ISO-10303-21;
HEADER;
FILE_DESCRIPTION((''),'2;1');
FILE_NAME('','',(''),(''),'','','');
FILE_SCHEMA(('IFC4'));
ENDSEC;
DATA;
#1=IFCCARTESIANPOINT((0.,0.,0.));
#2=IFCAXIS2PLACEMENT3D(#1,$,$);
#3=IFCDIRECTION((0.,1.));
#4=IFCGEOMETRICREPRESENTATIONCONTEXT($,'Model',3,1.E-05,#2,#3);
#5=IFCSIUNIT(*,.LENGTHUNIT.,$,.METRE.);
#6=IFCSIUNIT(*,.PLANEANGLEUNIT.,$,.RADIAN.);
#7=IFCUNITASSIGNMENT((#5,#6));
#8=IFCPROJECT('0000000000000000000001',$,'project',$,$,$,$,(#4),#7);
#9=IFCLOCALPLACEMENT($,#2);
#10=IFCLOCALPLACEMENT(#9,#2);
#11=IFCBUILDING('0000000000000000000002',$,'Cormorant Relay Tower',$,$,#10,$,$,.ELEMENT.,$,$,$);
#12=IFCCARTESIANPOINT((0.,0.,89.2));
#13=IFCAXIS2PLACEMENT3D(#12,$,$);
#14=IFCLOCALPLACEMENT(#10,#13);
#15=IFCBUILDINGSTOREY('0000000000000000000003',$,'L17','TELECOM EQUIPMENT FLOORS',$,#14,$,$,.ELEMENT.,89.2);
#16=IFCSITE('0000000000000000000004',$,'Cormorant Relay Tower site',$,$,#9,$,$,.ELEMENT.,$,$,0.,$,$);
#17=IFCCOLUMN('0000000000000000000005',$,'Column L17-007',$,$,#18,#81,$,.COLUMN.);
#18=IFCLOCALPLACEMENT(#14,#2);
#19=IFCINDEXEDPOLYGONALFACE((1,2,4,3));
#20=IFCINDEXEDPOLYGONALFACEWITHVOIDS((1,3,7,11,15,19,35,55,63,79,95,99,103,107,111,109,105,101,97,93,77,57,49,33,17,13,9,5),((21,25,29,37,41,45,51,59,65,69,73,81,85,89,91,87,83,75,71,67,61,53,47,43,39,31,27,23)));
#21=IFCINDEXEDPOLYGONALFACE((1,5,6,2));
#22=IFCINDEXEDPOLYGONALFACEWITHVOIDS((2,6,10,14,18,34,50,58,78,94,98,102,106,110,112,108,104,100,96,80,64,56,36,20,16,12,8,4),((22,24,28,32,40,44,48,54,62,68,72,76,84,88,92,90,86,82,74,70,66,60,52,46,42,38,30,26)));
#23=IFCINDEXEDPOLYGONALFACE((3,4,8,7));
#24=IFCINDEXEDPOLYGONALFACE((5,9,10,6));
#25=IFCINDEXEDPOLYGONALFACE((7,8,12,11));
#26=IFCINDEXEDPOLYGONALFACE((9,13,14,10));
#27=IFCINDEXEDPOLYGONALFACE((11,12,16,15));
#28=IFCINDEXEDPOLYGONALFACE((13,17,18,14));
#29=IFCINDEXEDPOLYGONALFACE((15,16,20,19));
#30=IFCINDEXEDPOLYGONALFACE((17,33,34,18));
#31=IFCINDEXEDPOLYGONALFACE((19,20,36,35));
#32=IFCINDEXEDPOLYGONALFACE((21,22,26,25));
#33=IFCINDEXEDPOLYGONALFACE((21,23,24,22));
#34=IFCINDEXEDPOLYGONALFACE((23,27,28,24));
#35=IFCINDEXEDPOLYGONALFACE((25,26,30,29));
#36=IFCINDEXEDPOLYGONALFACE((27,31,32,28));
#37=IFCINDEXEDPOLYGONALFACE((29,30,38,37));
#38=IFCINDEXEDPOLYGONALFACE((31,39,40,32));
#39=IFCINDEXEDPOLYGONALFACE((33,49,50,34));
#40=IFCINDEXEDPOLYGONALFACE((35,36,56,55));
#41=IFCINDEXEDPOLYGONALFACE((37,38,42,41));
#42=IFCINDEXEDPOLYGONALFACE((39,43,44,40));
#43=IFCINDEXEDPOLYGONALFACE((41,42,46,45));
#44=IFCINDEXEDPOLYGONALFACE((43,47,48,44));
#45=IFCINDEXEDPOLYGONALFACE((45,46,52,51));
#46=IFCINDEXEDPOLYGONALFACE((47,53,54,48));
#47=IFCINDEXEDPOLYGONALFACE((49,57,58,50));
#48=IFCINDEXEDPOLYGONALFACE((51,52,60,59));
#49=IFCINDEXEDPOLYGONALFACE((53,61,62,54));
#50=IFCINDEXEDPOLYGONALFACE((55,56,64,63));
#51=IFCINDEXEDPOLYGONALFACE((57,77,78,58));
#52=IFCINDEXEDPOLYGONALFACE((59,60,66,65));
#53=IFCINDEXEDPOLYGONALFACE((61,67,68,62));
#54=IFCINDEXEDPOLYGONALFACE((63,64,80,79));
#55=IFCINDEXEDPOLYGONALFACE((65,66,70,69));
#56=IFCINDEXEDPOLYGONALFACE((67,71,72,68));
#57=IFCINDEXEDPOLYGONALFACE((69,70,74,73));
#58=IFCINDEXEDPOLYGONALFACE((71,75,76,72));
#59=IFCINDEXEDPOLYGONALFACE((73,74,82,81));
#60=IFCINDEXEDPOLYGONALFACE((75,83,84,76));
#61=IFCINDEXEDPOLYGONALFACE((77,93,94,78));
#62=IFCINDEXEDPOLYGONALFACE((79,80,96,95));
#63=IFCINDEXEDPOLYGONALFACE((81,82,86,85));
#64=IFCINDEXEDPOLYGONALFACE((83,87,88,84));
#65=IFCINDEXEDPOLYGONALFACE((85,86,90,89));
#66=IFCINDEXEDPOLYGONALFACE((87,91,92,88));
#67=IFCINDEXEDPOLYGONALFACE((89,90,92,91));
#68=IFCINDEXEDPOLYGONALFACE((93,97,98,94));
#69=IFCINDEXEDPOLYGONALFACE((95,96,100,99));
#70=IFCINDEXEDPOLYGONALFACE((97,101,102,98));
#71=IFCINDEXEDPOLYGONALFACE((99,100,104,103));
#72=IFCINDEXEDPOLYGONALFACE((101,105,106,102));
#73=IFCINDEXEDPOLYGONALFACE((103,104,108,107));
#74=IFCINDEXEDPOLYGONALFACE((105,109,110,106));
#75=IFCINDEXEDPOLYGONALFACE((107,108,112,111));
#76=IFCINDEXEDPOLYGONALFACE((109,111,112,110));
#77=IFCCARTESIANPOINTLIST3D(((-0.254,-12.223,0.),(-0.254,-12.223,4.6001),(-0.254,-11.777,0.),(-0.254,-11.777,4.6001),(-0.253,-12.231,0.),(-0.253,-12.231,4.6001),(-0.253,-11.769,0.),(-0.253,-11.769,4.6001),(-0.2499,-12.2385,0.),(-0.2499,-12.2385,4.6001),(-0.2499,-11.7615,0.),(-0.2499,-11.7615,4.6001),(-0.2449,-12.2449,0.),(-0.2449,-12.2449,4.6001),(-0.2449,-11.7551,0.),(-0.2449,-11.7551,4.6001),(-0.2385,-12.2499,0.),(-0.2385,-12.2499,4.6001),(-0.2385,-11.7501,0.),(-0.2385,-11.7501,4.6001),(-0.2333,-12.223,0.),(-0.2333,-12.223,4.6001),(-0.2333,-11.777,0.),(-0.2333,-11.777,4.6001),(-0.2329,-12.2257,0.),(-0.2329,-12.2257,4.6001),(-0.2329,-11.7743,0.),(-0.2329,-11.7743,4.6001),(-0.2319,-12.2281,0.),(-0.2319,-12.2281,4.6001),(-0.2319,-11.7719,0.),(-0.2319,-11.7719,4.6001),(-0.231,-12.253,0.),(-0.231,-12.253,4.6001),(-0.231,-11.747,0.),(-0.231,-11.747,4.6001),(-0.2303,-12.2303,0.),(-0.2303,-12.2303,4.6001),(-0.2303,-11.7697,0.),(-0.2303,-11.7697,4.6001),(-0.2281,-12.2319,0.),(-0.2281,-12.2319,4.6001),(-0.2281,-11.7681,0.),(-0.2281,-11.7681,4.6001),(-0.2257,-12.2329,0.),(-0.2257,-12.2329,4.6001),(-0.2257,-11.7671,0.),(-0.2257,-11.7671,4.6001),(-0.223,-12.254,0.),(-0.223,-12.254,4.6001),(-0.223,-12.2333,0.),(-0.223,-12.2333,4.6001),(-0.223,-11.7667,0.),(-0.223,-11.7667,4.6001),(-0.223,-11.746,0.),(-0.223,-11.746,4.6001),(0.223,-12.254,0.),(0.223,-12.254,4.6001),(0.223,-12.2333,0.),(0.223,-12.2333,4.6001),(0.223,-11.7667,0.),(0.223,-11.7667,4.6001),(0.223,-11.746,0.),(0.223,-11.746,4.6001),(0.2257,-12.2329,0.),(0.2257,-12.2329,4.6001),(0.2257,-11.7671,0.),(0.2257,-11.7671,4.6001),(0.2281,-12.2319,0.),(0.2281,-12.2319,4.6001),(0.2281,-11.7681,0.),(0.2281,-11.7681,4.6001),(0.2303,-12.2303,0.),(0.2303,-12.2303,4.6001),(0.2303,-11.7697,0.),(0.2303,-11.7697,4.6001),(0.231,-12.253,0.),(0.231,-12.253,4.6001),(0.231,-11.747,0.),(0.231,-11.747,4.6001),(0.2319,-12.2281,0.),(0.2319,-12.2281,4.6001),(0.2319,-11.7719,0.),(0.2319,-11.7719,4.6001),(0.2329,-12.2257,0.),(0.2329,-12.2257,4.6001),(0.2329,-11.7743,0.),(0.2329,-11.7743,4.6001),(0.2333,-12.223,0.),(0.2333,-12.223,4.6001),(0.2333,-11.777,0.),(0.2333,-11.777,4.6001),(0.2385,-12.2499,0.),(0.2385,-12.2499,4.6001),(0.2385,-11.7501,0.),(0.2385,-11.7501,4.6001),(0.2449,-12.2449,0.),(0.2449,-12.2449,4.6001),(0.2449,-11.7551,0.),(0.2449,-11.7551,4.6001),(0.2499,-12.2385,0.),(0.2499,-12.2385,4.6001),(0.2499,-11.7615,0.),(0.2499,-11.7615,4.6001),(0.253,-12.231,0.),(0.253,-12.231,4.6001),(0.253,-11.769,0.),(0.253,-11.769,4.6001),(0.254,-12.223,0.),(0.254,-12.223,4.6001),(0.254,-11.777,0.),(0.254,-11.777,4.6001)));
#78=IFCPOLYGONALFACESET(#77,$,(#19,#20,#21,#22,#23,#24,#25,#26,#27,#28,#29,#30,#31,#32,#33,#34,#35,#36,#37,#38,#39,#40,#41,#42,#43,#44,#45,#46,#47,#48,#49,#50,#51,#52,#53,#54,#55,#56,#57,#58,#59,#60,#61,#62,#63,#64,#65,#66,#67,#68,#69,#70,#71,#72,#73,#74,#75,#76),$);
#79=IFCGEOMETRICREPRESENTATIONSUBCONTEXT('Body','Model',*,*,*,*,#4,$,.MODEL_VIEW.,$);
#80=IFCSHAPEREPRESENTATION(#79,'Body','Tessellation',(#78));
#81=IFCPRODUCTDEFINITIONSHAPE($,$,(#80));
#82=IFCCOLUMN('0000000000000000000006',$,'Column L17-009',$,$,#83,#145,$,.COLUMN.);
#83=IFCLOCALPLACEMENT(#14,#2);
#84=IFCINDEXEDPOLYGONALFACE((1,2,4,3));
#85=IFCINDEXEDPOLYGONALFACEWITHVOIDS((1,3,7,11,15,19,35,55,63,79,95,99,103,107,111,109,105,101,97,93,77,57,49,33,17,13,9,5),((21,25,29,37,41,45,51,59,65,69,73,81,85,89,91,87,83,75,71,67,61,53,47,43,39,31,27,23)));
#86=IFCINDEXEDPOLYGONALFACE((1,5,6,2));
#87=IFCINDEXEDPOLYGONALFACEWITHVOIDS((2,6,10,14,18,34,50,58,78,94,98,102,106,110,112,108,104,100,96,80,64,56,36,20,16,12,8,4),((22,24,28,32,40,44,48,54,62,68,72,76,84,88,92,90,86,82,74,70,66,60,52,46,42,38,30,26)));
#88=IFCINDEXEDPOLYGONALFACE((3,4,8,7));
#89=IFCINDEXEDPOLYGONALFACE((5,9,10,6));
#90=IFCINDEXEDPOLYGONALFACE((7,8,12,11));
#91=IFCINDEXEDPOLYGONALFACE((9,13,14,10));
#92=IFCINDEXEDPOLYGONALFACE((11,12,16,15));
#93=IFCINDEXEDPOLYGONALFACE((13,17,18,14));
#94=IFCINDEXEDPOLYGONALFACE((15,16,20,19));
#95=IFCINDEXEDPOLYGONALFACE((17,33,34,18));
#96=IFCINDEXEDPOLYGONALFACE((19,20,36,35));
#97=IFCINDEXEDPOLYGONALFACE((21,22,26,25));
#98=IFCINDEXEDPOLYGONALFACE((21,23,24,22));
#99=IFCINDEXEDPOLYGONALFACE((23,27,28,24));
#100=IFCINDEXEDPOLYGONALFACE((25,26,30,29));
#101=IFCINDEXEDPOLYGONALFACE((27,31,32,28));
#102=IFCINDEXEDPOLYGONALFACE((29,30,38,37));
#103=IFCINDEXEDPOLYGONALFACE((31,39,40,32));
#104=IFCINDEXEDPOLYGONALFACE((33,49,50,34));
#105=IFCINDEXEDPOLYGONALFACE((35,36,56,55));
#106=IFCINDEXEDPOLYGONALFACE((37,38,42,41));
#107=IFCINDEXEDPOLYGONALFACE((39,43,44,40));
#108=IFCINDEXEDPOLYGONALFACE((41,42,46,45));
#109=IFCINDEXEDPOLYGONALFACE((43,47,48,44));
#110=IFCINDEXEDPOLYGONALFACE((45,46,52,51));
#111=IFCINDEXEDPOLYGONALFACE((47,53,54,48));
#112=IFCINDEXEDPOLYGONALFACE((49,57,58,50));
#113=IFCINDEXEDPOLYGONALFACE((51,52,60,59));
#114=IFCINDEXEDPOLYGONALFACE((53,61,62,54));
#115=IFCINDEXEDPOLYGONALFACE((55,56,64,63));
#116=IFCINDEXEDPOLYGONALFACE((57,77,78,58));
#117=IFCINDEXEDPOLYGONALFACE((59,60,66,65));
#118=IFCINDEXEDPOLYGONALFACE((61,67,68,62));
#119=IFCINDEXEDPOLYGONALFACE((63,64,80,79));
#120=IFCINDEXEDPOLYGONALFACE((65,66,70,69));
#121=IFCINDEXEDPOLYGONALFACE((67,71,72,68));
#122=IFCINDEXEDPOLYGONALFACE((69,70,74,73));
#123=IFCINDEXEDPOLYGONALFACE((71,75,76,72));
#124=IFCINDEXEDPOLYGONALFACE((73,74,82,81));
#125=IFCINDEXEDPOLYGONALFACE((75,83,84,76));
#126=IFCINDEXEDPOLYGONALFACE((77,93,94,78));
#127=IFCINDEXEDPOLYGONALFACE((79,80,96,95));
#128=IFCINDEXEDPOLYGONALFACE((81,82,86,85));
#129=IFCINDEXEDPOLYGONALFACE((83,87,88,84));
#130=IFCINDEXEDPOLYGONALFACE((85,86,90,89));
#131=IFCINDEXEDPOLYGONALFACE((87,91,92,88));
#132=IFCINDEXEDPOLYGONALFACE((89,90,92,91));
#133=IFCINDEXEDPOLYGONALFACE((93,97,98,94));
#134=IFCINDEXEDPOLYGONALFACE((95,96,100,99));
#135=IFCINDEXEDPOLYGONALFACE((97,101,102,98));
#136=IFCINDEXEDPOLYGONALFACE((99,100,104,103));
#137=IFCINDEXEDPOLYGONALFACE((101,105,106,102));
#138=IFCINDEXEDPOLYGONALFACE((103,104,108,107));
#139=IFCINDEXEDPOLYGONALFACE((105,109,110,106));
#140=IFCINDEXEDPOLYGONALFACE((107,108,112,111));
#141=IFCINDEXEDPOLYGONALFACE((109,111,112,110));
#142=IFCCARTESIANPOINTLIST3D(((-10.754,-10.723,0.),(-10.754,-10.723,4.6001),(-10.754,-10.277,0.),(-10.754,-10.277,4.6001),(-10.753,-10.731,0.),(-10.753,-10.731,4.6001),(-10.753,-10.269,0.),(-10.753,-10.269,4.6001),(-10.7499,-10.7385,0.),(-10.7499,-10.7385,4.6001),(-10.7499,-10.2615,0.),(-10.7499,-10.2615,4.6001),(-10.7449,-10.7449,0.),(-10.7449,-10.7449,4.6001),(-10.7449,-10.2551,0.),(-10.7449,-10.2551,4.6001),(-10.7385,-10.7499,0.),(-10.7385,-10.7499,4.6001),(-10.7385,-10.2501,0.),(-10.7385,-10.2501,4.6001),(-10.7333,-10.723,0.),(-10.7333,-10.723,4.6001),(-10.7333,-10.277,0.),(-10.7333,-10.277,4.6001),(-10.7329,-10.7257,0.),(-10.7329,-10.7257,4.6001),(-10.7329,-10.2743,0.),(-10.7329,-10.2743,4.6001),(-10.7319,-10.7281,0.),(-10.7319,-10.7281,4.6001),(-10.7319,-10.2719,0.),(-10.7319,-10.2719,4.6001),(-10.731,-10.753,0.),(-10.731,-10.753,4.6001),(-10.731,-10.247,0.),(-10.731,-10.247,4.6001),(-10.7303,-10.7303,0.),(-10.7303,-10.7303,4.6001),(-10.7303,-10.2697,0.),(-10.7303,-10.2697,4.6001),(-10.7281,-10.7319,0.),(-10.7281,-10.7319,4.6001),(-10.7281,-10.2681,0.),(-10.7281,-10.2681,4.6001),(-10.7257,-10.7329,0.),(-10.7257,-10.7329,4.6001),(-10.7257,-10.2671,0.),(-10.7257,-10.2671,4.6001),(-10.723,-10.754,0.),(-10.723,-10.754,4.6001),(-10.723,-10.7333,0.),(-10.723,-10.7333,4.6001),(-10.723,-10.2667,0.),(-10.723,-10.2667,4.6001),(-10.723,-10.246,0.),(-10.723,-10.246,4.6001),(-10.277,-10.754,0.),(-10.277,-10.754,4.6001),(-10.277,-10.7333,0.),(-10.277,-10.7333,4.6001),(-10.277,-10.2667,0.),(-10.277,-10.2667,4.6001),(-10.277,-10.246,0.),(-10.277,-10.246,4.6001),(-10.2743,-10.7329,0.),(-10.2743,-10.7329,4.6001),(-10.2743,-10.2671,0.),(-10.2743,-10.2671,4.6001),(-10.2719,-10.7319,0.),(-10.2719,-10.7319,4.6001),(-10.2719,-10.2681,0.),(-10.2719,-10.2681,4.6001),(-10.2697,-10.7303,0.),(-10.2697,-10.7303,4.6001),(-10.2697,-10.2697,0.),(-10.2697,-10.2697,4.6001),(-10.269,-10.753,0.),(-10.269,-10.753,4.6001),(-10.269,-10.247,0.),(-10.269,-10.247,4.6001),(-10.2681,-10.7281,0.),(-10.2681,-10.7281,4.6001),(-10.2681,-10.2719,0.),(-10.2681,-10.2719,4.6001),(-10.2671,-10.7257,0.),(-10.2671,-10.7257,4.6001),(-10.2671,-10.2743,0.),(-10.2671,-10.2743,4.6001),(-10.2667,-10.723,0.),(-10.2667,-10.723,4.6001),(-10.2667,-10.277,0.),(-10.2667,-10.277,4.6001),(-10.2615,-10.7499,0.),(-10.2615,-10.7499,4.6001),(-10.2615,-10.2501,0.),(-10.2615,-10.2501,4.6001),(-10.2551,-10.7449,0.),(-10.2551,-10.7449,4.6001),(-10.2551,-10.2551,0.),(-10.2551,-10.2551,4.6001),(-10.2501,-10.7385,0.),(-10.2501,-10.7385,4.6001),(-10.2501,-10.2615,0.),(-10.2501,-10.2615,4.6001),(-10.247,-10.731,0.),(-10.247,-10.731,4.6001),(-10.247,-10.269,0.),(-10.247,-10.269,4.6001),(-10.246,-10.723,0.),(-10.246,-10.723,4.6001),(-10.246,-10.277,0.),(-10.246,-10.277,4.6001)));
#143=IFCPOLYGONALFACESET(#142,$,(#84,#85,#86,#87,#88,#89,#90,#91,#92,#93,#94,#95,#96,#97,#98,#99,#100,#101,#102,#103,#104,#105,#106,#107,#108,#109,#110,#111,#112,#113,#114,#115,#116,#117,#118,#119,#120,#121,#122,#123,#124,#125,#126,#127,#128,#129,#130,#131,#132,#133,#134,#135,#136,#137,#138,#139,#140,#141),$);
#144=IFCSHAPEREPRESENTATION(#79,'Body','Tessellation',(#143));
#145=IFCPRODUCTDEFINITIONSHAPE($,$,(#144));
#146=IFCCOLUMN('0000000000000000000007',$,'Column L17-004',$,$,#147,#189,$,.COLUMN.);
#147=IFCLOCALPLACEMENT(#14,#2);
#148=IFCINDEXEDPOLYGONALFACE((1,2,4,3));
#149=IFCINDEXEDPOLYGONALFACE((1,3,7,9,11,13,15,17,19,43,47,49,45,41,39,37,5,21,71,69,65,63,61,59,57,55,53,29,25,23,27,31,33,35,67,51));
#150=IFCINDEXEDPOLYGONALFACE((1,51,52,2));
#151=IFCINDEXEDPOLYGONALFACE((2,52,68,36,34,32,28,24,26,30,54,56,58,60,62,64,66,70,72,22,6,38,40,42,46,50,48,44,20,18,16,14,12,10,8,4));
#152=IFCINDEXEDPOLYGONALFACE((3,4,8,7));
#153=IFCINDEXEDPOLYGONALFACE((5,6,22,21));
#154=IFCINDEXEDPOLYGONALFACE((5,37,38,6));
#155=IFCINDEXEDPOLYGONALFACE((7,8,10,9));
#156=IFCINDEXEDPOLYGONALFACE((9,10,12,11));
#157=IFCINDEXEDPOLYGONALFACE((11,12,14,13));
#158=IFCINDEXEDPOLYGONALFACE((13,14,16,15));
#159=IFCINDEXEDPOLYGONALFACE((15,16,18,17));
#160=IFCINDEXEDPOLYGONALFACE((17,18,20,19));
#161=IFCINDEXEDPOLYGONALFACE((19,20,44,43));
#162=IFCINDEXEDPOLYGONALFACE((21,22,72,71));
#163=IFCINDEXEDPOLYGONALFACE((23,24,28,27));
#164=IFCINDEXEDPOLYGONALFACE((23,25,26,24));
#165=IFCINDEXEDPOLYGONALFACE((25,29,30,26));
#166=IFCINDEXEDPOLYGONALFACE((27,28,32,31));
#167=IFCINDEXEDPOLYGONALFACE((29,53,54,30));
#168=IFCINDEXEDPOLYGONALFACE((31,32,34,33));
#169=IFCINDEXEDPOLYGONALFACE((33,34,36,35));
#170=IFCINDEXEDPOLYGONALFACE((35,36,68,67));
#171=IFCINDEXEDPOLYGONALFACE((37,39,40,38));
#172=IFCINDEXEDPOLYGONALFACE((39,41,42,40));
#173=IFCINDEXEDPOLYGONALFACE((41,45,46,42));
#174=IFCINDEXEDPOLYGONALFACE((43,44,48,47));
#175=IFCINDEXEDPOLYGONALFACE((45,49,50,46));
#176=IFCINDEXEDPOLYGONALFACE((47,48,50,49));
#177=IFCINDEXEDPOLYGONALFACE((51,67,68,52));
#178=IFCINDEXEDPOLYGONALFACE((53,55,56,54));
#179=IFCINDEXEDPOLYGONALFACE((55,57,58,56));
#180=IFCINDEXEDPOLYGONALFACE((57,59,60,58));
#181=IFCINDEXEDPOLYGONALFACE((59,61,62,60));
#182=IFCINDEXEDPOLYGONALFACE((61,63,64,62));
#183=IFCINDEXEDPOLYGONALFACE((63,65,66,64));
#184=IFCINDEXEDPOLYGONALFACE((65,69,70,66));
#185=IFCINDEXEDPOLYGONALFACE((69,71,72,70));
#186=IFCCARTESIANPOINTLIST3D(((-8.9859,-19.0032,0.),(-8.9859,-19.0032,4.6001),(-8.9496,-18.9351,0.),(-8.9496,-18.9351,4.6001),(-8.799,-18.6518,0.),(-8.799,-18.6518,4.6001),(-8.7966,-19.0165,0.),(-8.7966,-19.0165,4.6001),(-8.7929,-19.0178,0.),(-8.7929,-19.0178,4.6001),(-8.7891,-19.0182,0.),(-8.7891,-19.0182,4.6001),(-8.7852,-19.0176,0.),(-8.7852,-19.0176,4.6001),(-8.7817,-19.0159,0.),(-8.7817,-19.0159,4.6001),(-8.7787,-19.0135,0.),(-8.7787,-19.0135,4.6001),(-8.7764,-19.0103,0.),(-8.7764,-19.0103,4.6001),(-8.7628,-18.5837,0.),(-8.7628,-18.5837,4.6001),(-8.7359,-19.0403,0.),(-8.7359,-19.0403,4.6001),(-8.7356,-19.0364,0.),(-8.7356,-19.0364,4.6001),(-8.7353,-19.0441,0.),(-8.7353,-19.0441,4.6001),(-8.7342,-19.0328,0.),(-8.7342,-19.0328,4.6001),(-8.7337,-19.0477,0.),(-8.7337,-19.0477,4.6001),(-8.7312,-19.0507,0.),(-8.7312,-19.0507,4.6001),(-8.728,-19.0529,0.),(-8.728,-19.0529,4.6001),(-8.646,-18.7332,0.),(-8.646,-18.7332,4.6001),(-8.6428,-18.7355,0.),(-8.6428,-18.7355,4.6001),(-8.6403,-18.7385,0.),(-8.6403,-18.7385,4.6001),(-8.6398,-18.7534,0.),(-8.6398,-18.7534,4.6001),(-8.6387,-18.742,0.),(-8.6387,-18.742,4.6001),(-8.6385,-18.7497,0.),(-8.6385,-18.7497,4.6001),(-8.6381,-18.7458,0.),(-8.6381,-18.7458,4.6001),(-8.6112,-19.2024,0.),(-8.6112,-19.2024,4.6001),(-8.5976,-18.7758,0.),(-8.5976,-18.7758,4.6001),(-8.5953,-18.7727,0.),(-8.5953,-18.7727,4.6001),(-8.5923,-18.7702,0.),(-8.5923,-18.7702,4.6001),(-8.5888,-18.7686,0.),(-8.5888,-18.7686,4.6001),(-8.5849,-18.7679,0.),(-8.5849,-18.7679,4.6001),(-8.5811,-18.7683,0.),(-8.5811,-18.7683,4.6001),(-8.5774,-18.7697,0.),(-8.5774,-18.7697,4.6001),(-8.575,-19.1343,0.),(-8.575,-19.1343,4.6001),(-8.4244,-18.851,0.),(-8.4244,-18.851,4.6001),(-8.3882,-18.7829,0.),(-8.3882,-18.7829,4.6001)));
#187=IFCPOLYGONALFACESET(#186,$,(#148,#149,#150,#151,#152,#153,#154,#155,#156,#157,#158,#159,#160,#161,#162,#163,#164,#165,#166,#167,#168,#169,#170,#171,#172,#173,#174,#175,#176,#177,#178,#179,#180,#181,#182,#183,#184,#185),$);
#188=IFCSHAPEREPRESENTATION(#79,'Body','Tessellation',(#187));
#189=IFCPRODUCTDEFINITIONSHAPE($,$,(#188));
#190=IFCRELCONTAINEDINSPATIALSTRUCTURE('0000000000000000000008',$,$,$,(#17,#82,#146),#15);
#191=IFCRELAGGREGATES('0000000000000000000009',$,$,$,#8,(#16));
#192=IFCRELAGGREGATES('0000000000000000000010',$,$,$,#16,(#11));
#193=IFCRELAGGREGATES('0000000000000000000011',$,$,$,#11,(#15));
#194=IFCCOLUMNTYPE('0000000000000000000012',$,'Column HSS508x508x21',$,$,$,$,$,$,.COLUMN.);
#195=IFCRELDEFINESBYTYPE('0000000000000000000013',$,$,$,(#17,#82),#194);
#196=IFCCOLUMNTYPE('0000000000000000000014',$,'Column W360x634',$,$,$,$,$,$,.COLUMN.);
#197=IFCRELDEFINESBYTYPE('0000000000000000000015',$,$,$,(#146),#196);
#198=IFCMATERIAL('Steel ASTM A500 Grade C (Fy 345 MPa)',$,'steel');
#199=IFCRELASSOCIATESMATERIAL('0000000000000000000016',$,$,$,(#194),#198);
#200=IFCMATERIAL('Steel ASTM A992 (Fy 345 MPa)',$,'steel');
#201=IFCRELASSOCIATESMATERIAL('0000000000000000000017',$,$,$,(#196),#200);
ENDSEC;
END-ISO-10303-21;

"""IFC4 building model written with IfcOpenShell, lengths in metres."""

from ifc_helpers import new_model, si_unit, direction, frame, origin, origin_2d, place, context, subcontext, project, spatial, hollow_rectangle, i_section, extrude, material, material_profile, profile_set, type_object, element, save


model = new_model("IFC4")

# Units and contexts
model_context = context("Model", 3, precision=1e-05, world=origin(), true_north=direction((0.0, 1.0)))
body_context = subcontext(model_context, "Body", "Model", "MODEL_VIEW")
ifc_project = project(units=[si_unit("LENGTHUNIT", "METRE"), si_unit("PLANEANGLEUNIT", "RADIAN")], contexts=[model_context])

# Site, building, storey
site_placement = place(None, origin())
site = spatial("IfcSite", under=ifc_project, at=site_placement, Name="Cormorant Relay Tower site", CompositionType="ELEMENT", RefElevation=0.0)
building_placement = place(site_placement, origin())
building = spatial("IfcBuilding", under=site, at=building_placement, Name="Cormorant Relay Tower", CompositionType="ELEMENT")
storey_placement = place(building_placement, frame((0.0, 0.0, 89.2)))
storey = spatial("IfcBuildingStorey", under=building, at=storey_placement, Name="L17", Description="TELECOM EQUIPMENT FLOORS", CompositionType="ELEMENT", Elevation=89.2)

# Columns
ifc_material_1 = material(Name="Steel ASTM A500 Grade C (Fy 345 MPa)", Category="steel")
ifc_material_profile_1 = material_profile(ifc_material_1, hollow_rectangle(XDim=0.5081, YDim=0.5081, WallThickness=0.0208, InnerFilletRadius=0.0103, OuterFilletRadius=0.031, at=origin_2d()), Name="HSS508x508x21")
ifc_profile_set_1 = profile_set([ifc_material_profile_1], Name="Steel ASTM A500 Grade C (Fy 345 MPa)")
column_type_1 = type_object("IfcColumnType", Name="Column HSS508x508x21", PredefinedType="COLUMN", material=ifc_profile_set_1)
for number, where, z_axis, x_axis, name in (
    (1, (0.0, -12.0, 0.0), (0.0, 0.0, 1.0), (1.0, 0.0, 0.0), "Column L17-007"),
    (2, (-10.5, -10.5, 0.0), (0.0, 0.0, 1.0), (1.0, 0.0, 0.0), "Column L17-009"),
):
    element("IfcColumn", number, at=place(storey_placement, frame(where, z_axis=z_axis, x_axis=x_axis)), inside=storey, type_object=column_type_1, Name=name, PredefinedType="COLUMN", context=body_context, shape_type="SweptSolid", body=[
        extrude(hollow_rectangle(XDim=0.5081, YDim=0.5081, WallThickness=0.0208, InnerFilletRadius=0.0103, OuterFilletRadius=0.031, at=origin_2d()), origin(), (0.0, 0.0, 1.0), 4.6001),
    ])
ifc_material_2 = material(Name="Steel ASTM A992 (Fy 345 MPa)", Category="steel")
ifc_material_profile_2 = material_profile(ifc_material_2, i_section(OverallWidth=0.4243, OverallDepth=0.4751, WebThickness=0.0479, FlangeThickness=0.0771, FilletRadius=0.0149, at=origin_2d()), Name="W360x634")
ifc_profile_set_2 = profile_set([ifc_material_profile_2], Name="Steel ASTM A992 (Fy 345 MPa)")
column_type_2 = type_object("IfcColumnType", Name="Column W360x634", PredefinedType="COLUMN", material=ifc_profile_set_2)
for number, where, z_axis, x_axis, name in (
    (3, (-8.687, -18.8931, 0.0), (0.0, 0.0, 1.0), (0.882948, -0.469472, 0.0), "Column L17-004"),
):
    element("IfcColumn", number, at=place(storey_placement, frame(where, z_axis=z_axis, x_axis=x_axis)), inside=storey, type_object=column_type_2, Name=name, PredefinedType="COLUMN", context=body_context, shape_type="SweptSolid", body=[
        extrude(i_section(OverallWidth=0.4243, OverallDepth=0.4751, WebThickness=0.0479, FlangeThickness=0.0771, FilletRadius=0.0149, at=origin_2d()), origin(), (0.0, 0.0, 1.0), 4.6001),
    ])

save(model, "model.ifc")
